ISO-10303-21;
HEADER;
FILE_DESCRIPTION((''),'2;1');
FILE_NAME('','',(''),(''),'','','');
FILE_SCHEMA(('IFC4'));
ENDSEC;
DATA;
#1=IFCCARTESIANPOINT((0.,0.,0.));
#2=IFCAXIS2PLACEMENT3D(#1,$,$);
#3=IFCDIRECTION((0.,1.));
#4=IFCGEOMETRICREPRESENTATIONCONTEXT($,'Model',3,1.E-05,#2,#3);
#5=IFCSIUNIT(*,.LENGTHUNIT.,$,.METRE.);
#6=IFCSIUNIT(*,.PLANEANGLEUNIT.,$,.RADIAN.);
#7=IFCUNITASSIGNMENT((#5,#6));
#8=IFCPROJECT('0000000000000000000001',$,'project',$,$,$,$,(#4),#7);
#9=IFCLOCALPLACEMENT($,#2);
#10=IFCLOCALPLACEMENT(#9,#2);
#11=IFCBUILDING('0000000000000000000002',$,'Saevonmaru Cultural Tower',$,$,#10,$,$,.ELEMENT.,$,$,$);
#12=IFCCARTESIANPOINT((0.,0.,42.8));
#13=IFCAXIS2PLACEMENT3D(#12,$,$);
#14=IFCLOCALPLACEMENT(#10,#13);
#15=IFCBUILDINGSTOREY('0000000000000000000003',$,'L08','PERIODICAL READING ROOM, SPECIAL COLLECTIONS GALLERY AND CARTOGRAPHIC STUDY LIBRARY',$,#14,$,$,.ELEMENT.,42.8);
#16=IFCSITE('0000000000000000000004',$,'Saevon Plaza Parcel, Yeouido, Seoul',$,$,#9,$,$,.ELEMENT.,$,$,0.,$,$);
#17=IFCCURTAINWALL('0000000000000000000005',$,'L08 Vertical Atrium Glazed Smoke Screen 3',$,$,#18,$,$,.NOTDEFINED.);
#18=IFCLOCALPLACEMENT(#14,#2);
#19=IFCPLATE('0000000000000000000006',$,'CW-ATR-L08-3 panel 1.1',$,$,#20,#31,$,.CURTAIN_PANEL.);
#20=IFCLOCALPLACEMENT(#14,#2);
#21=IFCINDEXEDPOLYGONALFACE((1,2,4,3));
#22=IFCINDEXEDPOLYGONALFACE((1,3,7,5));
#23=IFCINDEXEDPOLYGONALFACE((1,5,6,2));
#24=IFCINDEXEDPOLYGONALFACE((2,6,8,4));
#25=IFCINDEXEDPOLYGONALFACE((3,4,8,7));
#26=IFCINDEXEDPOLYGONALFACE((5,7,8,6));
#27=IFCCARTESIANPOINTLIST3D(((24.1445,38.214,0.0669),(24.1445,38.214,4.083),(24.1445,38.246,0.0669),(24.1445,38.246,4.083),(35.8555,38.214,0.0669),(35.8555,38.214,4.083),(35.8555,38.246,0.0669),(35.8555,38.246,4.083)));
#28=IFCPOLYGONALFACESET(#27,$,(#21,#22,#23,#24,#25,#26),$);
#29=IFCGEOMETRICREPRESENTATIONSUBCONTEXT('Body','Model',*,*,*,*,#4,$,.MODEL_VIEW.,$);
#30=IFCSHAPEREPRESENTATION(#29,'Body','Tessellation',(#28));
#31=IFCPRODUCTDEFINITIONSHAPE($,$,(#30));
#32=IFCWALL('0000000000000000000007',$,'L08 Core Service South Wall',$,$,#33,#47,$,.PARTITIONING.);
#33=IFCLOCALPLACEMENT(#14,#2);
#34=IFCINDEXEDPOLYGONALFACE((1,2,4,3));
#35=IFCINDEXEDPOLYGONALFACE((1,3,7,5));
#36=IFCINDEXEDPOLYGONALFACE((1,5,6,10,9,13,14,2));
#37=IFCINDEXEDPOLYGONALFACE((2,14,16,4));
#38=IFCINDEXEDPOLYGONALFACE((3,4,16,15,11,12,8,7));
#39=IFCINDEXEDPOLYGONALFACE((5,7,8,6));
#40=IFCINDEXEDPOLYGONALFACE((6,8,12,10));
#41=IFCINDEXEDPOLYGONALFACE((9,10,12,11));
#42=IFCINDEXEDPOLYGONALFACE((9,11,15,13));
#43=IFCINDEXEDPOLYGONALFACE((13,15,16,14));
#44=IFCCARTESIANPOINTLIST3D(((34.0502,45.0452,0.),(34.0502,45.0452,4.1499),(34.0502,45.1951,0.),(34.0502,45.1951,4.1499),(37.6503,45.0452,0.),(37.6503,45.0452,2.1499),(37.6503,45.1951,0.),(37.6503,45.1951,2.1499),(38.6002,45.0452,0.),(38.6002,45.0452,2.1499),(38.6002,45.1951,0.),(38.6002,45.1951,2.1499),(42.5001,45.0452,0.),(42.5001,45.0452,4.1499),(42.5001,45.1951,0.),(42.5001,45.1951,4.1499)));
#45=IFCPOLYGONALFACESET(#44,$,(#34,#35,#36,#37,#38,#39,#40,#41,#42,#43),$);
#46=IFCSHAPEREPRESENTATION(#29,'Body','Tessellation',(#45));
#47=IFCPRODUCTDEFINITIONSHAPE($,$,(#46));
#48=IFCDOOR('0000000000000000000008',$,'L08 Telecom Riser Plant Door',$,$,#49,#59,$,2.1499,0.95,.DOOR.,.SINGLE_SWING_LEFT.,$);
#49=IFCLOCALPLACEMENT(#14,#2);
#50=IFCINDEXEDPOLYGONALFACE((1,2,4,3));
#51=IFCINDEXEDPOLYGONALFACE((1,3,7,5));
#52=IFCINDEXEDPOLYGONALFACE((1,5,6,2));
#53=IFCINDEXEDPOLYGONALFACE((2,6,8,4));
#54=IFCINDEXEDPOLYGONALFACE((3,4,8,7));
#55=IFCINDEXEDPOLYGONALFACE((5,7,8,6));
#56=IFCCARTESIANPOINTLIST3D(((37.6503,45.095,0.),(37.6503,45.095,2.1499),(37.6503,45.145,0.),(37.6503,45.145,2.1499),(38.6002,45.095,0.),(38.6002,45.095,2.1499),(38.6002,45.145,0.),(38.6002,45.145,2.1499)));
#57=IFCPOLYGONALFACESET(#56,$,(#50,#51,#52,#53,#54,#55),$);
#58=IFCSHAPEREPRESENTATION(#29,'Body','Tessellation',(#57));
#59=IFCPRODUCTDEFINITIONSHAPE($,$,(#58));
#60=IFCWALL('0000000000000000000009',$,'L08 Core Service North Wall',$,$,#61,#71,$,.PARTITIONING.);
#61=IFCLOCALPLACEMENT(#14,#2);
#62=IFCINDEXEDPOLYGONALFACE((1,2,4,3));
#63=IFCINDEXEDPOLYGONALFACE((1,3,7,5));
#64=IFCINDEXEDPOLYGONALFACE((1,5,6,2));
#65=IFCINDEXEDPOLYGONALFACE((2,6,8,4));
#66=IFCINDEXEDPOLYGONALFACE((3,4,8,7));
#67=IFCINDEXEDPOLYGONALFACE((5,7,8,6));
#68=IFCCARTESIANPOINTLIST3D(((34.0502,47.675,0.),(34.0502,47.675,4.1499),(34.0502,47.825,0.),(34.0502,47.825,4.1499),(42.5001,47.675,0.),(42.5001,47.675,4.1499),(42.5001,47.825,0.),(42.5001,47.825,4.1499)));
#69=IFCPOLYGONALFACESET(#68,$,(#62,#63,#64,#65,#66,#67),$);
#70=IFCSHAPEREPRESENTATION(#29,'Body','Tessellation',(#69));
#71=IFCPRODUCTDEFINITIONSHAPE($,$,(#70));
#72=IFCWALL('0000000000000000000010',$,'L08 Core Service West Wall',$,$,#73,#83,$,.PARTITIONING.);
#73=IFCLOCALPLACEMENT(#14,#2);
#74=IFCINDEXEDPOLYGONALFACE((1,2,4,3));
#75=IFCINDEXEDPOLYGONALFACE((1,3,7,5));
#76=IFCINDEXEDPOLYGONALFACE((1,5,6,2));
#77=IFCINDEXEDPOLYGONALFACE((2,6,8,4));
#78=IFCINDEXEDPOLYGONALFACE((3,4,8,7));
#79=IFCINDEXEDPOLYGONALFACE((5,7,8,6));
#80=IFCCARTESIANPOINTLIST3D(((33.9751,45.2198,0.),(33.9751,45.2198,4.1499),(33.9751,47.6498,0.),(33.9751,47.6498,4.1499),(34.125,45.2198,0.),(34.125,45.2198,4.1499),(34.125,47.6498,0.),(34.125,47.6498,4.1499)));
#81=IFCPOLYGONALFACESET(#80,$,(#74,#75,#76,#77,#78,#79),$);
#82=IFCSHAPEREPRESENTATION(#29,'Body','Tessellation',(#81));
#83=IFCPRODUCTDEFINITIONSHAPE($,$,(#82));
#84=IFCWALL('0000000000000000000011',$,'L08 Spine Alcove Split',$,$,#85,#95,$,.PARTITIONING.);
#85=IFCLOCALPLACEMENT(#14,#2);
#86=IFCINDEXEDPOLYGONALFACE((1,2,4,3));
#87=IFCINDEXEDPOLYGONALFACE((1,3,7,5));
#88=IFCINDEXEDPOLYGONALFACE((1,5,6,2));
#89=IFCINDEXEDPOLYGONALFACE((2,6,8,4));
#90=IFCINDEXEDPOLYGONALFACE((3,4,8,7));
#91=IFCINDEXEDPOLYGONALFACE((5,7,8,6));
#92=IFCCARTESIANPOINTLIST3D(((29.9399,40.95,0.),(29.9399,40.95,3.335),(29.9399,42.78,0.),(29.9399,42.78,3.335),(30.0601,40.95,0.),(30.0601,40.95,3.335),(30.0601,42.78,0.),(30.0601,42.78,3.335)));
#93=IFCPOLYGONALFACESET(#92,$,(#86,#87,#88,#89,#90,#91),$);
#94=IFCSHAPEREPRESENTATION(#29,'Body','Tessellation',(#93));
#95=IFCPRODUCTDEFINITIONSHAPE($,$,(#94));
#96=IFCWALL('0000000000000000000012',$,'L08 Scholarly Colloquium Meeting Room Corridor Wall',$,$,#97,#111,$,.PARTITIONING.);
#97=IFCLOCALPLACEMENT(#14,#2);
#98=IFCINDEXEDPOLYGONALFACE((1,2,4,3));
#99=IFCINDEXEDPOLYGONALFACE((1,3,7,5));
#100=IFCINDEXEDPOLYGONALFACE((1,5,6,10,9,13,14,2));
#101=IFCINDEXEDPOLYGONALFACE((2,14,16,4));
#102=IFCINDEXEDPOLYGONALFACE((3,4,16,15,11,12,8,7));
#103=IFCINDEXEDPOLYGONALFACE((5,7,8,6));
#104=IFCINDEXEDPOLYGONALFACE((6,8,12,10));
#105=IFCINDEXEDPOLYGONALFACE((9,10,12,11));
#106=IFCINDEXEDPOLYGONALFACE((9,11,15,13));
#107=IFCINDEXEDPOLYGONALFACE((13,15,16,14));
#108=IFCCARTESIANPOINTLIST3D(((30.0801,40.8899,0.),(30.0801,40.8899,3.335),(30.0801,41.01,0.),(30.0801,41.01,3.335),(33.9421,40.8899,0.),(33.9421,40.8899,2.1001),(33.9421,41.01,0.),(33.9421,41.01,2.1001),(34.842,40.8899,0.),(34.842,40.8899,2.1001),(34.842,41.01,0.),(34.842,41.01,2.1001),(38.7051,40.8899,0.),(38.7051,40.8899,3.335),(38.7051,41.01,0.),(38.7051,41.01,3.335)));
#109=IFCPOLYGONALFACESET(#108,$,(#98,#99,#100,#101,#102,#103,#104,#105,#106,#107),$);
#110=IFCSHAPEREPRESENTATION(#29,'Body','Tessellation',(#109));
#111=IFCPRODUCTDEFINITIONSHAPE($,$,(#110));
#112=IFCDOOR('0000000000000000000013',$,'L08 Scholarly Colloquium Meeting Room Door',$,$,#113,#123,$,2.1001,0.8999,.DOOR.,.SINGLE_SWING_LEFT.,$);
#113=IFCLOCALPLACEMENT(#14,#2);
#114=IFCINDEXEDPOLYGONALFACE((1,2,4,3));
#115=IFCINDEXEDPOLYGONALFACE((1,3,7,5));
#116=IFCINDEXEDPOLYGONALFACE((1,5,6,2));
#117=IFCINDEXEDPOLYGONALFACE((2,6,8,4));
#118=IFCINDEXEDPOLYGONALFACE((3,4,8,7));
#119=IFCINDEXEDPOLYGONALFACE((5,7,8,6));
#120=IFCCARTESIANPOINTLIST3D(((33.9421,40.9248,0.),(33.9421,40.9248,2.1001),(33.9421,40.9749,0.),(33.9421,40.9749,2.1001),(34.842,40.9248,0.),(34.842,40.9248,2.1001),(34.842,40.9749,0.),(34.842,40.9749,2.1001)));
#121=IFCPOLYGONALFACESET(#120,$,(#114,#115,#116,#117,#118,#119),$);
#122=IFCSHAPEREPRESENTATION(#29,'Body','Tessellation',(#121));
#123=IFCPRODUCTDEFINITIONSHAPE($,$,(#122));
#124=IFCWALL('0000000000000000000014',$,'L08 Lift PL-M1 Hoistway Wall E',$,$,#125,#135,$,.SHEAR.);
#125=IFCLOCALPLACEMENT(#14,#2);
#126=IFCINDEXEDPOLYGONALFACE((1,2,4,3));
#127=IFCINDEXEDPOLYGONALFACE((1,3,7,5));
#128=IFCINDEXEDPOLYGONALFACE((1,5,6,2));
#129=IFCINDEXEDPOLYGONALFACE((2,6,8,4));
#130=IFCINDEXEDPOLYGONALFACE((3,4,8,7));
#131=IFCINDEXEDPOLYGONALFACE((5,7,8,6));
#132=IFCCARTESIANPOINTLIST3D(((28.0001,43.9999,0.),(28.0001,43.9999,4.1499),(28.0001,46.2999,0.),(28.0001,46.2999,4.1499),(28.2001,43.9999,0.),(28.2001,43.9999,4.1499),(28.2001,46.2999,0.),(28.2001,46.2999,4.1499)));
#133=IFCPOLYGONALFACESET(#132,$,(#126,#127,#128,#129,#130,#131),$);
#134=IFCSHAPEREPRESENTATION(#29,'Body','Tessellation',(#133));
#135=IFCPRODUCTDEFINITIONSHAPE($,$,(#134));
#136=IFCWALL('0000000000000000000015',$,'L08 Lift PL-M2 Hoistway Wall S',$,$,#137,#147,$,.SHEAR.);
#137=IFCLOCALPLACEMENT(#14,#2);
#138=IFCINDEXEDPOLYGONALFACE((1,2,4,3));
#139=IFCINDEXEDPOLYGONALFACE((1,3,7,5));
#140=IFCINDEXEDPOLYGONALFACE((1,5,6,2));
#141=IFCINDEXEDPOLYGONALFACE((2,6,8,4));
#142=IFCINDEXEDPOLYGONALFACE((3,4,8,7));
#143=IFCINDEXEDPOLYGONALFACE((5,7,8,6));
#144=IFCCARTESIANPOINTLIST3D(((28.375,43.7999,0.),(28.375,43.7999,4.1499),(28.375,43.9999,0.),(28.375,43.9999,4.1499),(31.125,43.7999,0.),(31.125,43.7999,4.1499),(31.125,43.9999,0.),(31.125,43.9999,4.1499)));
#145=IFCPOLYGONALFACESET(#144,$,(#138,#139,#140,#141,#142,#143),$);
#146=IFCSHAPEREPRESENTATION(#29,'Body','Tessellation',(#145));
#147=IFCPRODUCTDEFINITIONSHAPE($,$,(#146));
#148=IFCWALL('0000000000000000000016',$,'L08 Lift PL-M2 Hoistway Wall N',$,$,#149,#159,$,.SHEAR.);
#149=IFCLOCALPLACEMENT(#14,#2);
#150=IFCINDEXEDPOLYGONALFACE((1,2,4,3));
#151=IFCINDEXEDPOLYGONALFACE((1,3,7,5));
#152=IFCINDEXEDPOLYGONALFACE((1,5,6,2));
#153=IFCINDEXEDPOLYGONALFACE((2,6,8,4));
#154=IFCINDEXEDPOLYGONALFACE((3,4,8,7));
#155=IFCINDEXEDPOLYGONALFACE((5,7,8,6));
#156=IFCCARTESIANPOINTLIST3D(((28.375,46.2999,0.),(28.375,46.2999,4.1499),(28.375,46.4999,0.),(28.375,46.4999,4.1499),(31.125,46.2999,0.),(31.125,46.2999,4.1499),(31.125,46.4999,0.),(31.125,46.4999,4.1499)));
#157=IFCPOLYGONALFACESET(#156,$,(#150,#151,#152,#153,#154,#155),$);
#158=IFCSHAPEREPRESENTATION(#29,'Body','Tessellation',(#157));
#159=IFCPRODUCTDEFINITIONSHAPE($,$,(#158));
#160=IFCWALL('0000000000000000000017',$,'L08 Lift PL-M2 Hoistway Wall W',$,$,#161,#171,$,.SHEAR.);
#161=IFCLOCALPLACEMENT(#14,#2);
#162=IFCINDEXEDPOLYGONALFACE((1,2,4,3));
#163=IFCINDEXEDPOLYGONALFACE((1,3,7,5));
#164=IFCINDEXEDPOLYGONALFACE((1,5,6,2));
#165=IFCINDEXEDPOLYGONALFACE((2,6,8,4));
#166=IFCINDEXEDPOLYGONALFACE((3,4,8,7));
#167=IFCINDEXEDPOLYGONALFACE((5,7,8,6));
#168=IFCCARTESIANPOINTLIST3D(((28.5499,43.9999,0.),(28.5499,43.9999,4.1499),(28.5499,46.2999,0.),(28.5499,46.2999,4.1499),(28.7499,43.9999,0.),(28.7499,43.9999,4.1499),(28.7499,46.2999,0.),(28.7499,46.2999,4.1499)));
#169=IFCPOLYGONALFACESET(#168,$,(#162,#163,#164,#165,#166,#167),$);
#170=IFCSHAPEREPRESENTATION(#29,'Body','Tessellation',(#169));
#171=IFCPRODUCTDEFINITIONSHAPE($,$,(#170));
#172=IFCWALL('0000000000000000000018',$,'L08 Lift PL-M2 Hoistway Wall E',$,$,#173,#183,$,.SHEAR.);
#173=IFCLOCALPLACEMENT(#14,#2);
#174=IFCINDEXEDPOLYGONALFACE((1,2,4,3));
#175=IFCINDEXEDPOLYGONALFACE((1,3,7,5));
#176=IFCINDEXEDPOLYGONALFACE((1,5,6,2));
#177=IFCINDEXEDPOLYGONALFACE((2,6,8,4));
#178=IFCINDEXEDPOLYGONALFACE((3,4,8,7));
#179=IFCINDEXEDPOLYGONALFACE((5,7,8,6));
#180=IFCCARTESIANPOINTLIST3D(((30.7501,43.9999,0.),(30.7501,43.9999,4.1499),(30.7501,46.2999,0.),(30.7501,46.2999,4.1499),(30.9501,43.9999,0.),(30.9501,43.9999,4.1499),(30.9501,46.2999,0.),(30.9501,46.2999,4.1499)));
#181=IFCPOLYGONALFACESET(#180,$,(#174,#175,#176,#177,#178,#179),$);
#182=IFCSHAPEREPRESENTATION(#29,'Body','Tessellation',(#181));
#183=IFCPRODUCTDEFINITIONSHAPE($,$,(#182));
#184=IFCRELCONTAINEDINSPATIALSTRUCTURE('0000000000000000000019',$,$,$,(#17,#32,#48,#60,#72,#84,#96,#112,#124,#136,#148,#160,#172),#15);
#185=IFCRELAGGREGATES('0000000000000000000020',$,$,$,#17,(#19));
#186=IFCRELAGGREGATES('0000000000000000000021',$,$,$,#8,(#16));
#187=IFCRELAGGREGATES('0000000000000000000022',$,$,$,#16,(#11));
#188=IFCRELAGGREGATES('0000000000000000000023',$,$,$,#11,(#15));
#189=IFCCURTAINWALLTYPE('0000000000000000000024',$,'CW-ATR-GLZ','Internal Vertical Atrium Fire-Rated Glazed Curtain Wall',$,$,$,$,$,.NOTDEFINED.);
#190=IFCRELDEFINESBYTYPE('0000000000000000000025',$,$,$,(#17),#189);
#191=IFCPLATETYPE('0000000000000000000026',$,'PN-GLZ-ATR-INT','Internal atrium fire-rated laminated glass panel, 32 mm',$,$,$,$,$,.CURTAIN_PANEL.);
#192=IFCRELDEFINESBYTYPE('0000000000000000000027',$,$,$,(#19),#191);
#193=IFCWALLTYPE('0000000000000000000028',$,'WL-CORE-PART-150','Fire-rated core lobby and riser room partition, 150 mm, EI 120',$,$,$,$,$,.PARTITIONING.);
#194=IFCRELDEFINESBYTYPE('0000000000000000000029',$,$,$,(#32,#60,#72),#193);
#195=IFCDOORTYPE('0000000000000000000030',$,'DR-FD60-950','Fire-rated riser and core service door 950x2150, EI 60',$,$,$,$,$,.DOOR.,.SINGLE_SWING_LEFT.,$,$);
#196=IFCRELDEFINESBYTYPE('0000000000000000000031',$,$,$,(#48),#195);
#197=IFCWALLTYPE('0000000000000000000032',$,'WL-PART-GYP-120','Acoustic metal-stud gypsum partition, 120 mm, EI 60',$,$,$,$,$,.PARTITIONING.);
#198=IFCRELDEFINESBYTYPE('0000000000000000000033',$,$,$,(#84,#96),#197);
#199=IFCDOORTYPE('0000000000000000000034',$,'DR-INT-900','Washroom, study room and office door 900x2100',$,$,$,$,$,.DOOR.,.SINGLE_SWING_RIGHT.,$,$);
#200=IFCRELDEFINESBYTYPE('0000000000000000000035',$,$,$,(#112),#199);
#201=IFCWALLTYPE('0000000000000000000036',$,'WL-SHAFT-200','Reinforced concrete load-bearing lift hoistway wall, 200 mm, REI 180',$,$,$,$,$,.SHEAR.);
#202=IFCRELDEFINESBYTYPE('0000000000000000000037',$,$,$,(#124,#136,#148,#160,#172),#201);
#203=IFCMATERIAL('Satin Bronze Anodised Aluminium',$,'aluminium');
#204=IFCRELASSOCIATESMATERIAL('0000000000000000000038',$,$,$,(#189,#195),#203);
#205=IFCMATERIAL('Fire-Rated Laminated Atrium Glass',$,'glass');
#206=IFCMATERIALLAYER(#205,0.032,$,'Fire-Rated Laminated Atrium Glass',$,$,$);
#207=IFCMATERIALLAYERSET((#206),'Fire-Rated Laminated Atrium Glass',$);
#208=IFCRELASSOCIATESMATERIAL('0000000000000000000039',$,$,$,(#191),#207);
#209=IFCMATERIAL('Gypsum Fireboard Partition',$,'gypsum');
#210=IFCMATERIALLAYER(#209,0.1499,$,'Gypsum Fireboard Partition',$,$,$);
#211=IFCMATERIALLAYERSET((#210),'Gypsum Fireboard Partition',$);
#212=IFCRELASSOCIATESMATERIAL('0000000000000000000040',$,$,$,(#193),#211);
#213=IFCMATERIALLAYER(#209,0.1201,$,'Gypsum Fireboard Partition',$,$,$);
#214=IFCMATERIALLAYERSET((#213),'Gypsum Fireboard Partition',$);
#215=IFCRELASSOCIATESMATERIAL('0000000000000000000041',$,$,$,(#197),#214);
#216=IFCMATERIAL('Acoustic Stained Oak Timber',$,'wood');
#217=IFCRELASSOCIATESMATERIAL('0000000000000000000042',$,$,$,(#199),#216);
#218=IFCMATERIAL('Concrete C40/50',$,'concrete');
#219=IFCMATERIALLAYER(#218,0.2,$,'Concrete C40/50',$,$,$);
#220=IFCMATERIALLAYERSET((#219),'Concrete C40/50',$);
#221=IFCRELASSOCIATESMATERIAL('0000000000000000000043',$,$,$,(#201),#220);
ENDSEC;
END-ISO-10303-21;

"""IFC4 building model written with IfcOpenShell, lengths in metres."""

from ifc_helpers import new_model, si_unit, direction, frame, frame_2d, origin, origin_2d, place, context, subcontext, project, spatial, rectangle, extrude, material, layer, layer_set, type_object, element, fill, aggregate, save


model = new_model("IFC4")

# Units and contexts
model_context = context("Model", 3, precision=1e-05, world=origin(), true_north=direction((0.0, 1.0)))
body_context = subcontext(model_context, "Body", "Model", "MODEL_VIEW")
ifc_project = project(units=[si_unit("LENGTHUNIT", "METRE"), si_unit("PLANEANGLEUNIT", "RADIAN")], contexts=[model_context])

# Site, building, storey
site_placement = place(None, origin())
site = spatial("IfcSite", under=ifc_project, at=site_placement, Name="Saevon Plaza Parcel, Yeouido, Seoul", CompositionType="ELEMENT", RefElevation=0.0)
building_placement = place(site_placement, origin())
building = spatial("IfcBuilding", under=site, at=building_placement, Name="Saevonmaru Cultural Tower", CompositionType="ELEMENT")
storey_placement = place(building_placement, frame((0.0, 0.0, 42.8)))
storey = spatial("IfcBuildingStorey", under=building, at=storey_placement, Name="L08", Description="PERIODICAL READING ROOM, SPECIAL COLLECTIONS GALLERY AND CARTOGRAPHIC STUDY LIBRARY", CompositionType="ELEMENT", Elevation=42.8)

# Curtain wall, plate
ifc_material_1 = material(Name="Satin Bronze Anodised Aluminium", Category="aluminium")
curtain_wall_type = type_object("IfcCurtainWallType", Name="CW-ATR-GLZ", Description="Internal Vertical Atrium Fire-Rated Glazed Curtain Wall", PredefinedType="NOTDEFINED", material=ifc_material_1)
curtain_wall_placement = place(storey_placement, origin())
curtain_wall = element("IfcCurtainWall", 1, at=curtain_wall_placement, inside=storey, type_object=curtain_wall_type, Name="L08 Vertical Atrium Glazed Smoke Screen 3", PredefinedType="NOTDEFINED")
ifc_material_2 = material(Name="Fire-Rated Laminated Atrium Glass", Category="glass")
ifc_layer_1 = layer(ifc_material_2, 0.032, Name="Fire-Rated Laminated Atrium Glass")
ifc_layer_set_1 = layer_set([ifc_layer_1], Name="Fire-Rated Laminated Atrium Glass")
plate_type = type_object("IfcPlateType", Name="PN-GLZ-ATR-INT", Description="Internal atrium fire-rated laminated glass panel, 32 mm", PredefinedType="CURTAIN_PANEL", material=ifc_layer_set_1)
plate_placement = place(storey_placement, frame((30.0, 38.23, 0.0669), z_axis=(0.0, 0.0, 1.0), x_axis=(-1.0, 0.0, 0.0)))
plate = element("IfcPlate", 2, at=plate_placement, type_object=plate_type, Name="CW-ATR-L08-3 panel 1.1", PredefinedType="CURTAIN_PANEL", context=body_context, shape_type="SweptSolid", body=[
    extrude(rectangle(XDim=11.7109, YDim=0.032, at=origin_2d()), origin(), (0.0, 0.0, 1.0), 4.0161),
])
aggregate(curtain_wall, [plate])

# Wall, opening, door
ifc_material_3 = material(Name="Gypsum Fireboard Partition", Category="gypsum")
ifc_layer_2 = layer(ifc_material_3, 0.1499, Name="Gypsum Fireboard Partition")
ifc_layer_set_2 = layer_set([ifc_layer_2], Name="Gypsum Fireboard Partition")
wall_type_1 = type_object("IfcWallType", Name="WL-CORE-PART-150", Description="Fire-rated core lobby and riser room partition, 150 mm, EI 120", PredefinedType="PARTITIONING", material=ifc_layer_set_2)
wall_1_placement = place(storey_placement, frame((34.05, 45.1201, 0.0), z_axis=(0.0, 0.0, 1.0), x_axis=(1.0, 0.0, 0.0)))
wall_1 = element("IfcWall", 3, at=wall_1_placement, inside=storey, type_object=wall_type_1, Name="L08 Core Service South Wall", PredefinedType="PARTITIONING", context=body_context, shape_type="SweptSolid", body=[
    extrude(rectangle(XDim=8.45, YDim=0.1499, at=frame_2d((4.2251, 0.0))), origin(), (0.0, 0.0, 1.0), 4.1499),
])
opening_1_placement = place(wall_1_placement, frame((3.6001, 0.0, 0.0)))
opening_1 = element("IfcOpeningElement", 4, at=opening_1_placement, cuts=wall_1, PredefinedType="OPENING", context=body_context, shape_type="SweptSolid", body=[
    extrude(rectangle(XDim=0.95, YDim=2.1499, at=frame_2d((0.4751, 1.075))), frame((0.0, 0.085, 0.0), z_axis=(0.0, -1.0, 0.0), x_axis=(1.0, 0.0, 0.0)), (0.0, 0.0, 1.0), 0.1699),
])
door_type_1 = type_object("IfcDoorType", Name="DR-FD60-950", Description="Fire-rated riser and core service door 950x2150, EI 60", OperationType="SINGLE_SWING_LEFT", PredefinedType="DOOR", material=ifc_material_1)
door_1_placement = place(opening_1_placement, origin())
door_1 = element("IfcDoor", 5, at=door_1_placement, inside=storey, type_object=door_type_1, Name="L08 Telecom Riser Plant Door", OperationType="SINGLE_SWING_LEFT", OverallHeight=2.1499, OverallWidth=0.95, PredefinedType="DOOR", context=body_context, shape_type="SweptSolid", body=[
    extrude(rectangle(XDim=0.95, YDim=2.1499, at=frame_2d((0.4751, 1.075))), frame((0.0, 0.0249, 0.0), z_axis=(0.0, -1.0, 0.0), x_axis=(1.0, 0.0, 0.0)), (0.0, 0.0, 1.0), 0.05),
])
fill(opening_1, door_1)

# Walls
wall_2_placement = place(storey_placement, frame((34.05, 47.75, 0.0), z_axis=(0.0, 0.0, 1.0), x_axis=(1.0, 0.0, 0.0)))
element("IfcWall", 6, at=wall_2_placement, inside=storey, type_object=wall_type_1, Name="L08 Core Service North Wall", PredefinedType="PARTITIONING", context=body_context, shape_type="SweptSolid", body=[
    extrude(rectangle(XDim=8.45, YDim=0.1499, at=frame_2d((4.2251, 0.0))), origin(), (0.0, 0.0, 1.0), 4.1499),
])
wall_3_placement = place(storey_placement, frame((34.05, 45.22, 0.0), z_axis=(0.0, 0.0, 1.0), x_axis=(0.0, 1.0, 0.0)))
element("IfcWall", 7, at=wall_3_placement, inside=storey, type_object=wall_type_1, Name="L08 Core Service West Wall", PredefinedType="PARTITIONING", context=body_context, shape_type="SweptSolid", body=[
    extrude(rectangle(XDim=2.4299, YDim=0.1499, at=frame_2d((1.2148, 0.0))), origin(), (0.0, 0.0, 1.0), 4.1499),
])
ifc_layer_3 = layer(ifc_material_3, 0.1201, Name="Gypsum Fireboard Partition")
ifc_layer_set_3 = layer_set([ifc_layer_3], Name="Gypsum Fireboard Partition")
wall_type_2 = type_object("IfcWallType", Name="WL-PART-GYP-120", Description="Acoustic metal-stud gypsum partition, 120 mm, EI 60", PredefinedType="PARTITIONING", material=ifc_layer_set_3)
wall_4_placement = place(storey_placement, frame((30.0, 40.95, 0.0), z_axis=(0.0, 0.0, 1.0), x_axis=(0.0, 1.0, 0.0)))
element("IfcWall", 8, at=wall_4_placement, inside=storey, type_object=wall_type_2, Name="L08 Spine Alcove Split", PredefinedType="PARTITIONING", context=body_context, shape_type="SweptSolid", body=[
    extrude(rectangle(XDim=1.8301, YDim=0.1201, at=frame_2d((0.915, 0.0))), origin(), (0.0, 0.0, 1.0), 3.335),
])

# Wall, opening, door
wall_5_placement = place(storey_placement, frame((30.0801, 40.95, 0.0), z_axis=(0.0, 0.0, 1.0), x_axis=(1.0, 0.0, 0.0)))
wall_5 = element("IfcWall", 9, at=wall_5_placement, inside=storey, type_object=wall_type_2, Name="L08 Scholarly Colloquium Meeting Room Corridor Wall", PredefinedType="PARTITIONING", context=body_context, shape_type="SweptSolid", body=[
    extrude(rectangle(XDim=8.625, YDim=0.1201, at=frame_2d((4.3125, 0.0))), origin(), (0.0, 0.0, 1.0), 3.335),
])
opening_2_placement = place(wall_5_placement, frame((3.8621, 0.0, 0.0)))
opening_2 = element("IfcOpeningElement", 10, at=opening_2_placement, cuts=wall_5, PredefinedType="OPENING", context=body_context, shape_type="SweptSolid", body=[
    extrude(rectangle(XDim=0.8999, YDim=2.1001, at=frame_2d((0.45, 1.05))), frame((0.0, 0.0701, 0.0), z_axis=(0.0, -1.0, 0.0), x_axis=(1.0, 0.0, 0.0)), (0.0, 0.0, 1.0), 0.1401),
])
ifc_material_4 = material(Name="Acoustic Stained Oak Timber", Category="wood")
door_type_2 = type_object("IfcDoorType", Name="DR-INT-900", Description="Washroom, study room and office door 900x2100", OperationType="SINGLE_SWING_RIGHT", PredefinedType="DOOR", material=ifc_material_4)
door_2_placement = place(opening_2_placement, origin())
door_2 = element("IfcDoor", 11, at=door_2_placement, inside=storey, type_object=door_type_2, Name="L08 Scholarly Colloquium Meeting Room Door", OperationType="SINGLE_SWING_LEFT", OverallHeight=2.1001, OverallWidth=0.8999, PredefinedType="DOOR", context=body_context, shape_type="SweptSolid", body=[
    extrude(rectangle(XDim=0.8999, YDim=2.1001, at=frame_2d((0.45, 1.05))), frame((0.0, 0.0249, 0.0), z_axis=(0.0, -1.0, 0.0), x_axis=(1.0, 0.0, 0.0)), (0.0, 0.0, 1.0), 0.05),
])
fill(opening_2, door_2)

# Walls
ifc_material_5 = material(Name="Concrete C40/50", Category="concrete")
ifc_layer_4 = layer(ifc_material_5, 0.2, Name="Concrete C40/50")
ifc_layer_set_4 = layer_set([ifc_layer_4], Name="Concrete C40/50")
wall_type_3 = type_object("IfcWallType", Name="WL-SHAFT-200", Description="Reinforced concrete load-bearing lift hoistway wall, 200 mm, REI 180", PredefinedType="SHEAR", material=ifc_layer_set_4)
wall_6_placement = place(storey_placement, frame((28.1001, 44.0, 0.0), z_axis=(0.0, 0.0, 1.0), x_axis=(0.0, 1.0, 0.0)))
element("IfcWall", 12, at=wall_6_placement, inside=storey, type_object=wall_type_3, Name="L08 Lift PL-M1 Hoistway Wall E", PredefinedType="SHEAR", context=body_context, shape_type="SweptSolid", body=[
    extrude(rectangle(XDim=2.3, YDim=0.2, at=frame_2d((1.1499, 0.0))), origin(), (0.0, 0.0, 1.0), 4.1499),
])
for number, where, z_axis, x_axis, name in (
    (13, (28.375, 43.8999, 0.0), (0.0, 0.0, 1.0), (1.0, 0.0, 0.0), "L08 Lift PL-M2 Hoistway Wall S"),
    (14, (28.375, 46.3999, 0.0), (0.0, 0.0, 1.0), (1.0, 0.0, 0.0), "L08 Lift PL-M2 Hoistway Wall N"),
):
    element("IfcWall", number, at=place(storey_placement, frame(where, z_axis=z_axis, x_axis=x_axis)), inside=storey, type_object=wall_type_3, Name=name, PredefinedType="SHEAR", context=body_context, shape_type="SweptSolid", body=[
        extrude(rectangle(XDim=2.75, YDim=0.2, at=frame_2d((1.375, 0.0))), origin(), (0.0, 0.0, 1.0), 4.1499),
    ])
for number, where, z_axis, x_axis, name in (
    (15, (28.6499, 44.0, 0.0), (0.0, 0.0, 1.0), (0.0, 1.0, 0.0), "L08 Lift PL-M2 Hoistway Wall W"),
    (16, (30.8501, 44.0, 0.0), (0.0, 0.0, 1.0), (0.0, 1.0, 0.0), "L08 Lift PL-M2 Hoistway Wall E"),
):
    element("IfcWall", number, at=place(storey_placement, frame(where, z_axis=z_axis, x_axis=x_axis)), inside=storey, type_object=wall_type_3, Name=name, PredefinedType="SHEAR", context=body_context, shape_type="SweptSolid", body=[
        extrude(rectangle(XDim=2.3, YDim=0.2, at=frame_2d((1.1499, 0.0))), origin(), (0.0, 0.0, 1.0), 4.1499),
    ])

save(model, "model.ifc")
